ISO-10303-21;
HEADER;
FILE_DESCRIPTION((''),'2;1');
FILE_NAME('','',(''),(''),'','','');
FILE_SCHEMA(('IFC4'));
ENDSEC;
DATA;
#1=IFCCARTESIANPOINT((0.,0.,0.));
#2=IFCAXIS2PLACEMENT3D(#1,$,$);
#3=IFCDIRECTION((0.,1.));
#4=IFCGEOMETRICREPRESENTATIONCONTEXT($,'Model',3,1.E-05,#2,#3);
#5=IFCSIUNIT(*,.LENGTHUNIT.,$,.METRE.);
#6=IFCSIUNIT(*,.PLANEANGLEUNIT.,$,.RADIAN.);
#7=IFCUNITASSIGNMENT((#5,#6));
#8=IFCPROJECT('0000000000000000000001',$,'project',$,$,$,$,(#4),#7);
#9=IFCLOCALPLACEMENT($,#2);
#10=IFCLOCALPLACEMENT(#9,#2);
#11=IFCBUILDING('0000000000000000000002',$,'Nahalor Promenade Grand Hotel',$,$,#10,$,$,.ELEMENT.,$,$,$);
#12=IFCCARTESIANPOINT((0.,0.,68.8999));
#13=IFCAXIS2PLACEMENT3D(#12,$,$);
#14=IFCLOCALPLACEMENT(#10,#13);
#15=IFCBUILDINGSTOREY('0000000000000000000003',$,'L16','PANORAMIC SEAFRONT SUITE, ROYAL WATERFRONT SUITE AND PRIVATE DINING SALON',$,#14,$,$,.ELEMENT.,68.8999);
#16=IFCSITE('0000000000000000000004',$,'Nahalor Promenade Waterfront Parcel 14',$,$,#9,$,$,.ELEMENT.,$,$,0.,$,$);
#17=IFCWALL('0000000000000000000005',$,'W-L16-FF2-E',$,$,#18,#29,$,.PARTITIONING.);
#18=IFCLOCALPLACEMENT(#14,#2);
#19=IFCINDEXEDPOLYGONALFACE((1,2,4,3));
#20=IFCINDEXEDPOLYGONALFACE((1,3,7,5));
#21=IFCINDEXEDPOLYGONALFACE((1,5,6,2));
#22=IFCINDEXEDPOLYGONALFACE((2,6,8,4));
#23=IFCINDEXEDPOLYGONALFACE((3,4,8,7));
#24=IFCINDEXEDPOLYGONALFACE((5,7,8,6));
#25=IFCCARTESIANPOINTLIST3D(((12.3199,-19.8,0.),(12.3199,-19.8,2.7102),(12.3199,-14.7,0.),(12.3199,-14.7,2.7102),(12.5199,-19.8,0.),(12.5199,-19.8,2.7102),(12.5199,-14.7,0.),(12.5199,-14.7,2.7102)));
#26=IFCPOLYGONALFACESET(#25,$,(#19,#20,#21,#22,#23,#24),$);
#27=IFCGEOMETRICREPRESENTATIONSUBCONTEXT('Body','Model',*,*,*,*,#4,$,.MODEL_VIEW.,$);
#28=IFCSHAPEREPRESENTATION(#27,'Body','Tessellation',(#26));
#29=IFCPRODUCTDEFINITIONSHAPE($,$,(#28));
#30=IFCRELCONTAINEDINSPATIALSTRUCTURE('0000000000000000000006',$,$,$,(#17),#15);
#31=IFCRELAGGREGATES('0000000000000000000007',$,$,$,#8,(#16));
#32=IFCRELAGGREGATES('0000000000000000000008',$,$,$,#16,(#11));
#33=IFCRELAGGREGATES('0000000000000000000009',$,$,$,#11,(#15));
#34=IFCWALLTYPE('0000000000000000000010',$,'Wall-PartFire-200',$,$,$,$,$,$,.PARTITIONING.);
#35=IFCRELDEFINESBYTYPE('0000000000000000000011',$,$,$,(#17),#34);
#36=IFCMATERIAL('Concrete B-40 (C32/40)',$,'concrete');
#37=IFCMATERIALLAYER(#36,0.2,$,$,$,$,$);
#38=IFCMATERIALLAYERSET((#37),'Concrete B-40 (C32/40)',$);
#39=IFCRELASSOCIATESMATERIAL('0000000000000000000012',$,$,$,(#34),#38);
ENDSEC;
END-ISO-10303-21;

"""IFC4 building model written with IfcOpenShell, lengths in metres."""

from ifc_helpers import new_model, si_unit, direction, frame, frame_2d, origin, place, context, subcontext, project, spatial, rectangle, extrude, source, transform, mapped, material, layer, layer_set, type_object, element, save


model = new_model("IFC4")

# Units and contexts
model_context = context("Model", 3, precision=1e-05, world=origin(), true_north=direction((0.0, 1.0)))
body_context = subcontext(model_context, "Body", "Model", "MODEL_VIEW")
ifc_project = project(units=[si_unit("LENGTHUNIT", "METRE"), si_unit("PLANEANGLEUNIT", "RADIAN")], contexts=[model_context])

# Site, building, storey
site_placement = place(None, origin())
site = spatial("IfcSite", under=ifc_project, at=site_placement, Name="Nahalor Promenade Waterfront Parcel 14", CompositionType="ELEMENT", RefElevation=0.0)
building_placement = place(site_placement, origin())
building = spatial("IfcBuilding", under=site, at=building_placement, Name="Nahalor Promenade Grand Hotel", CompositionType="ELEMENT")
storey_placement = place(building_placement, frame((0.0, 0.0, 68.8999)))
storey = spatial("IfcBuildingStorey", under=building, at=storey_placement, Name="L16", Description="PANORAMIC SEAFRONT SUITE, ROYAL WATERFRONT SUITE AND PRIVATE DINING SALON", CompositionType="ELEMENT", Elevation=68.8999)

# Wall
ifc_material_1 = material(Name="Concrete B-40 (C32/40)", Category="concrete")
ifc_layer_1 = layer(ifc_material_1, 0.2)
ifc_layer_set_1 = layer_set([ifc_layer_1], Name="Concrete B-40 (C32/40)")
wall_type_1 = type_object("IfcWallType", Name="Wall-PartFire-200", PredefinedType="PARTITIONING", material=ifc_layer_set_1)
shared_shape_1 = source(origin(), body_context, "Body", "SweptSolid", [
    extrude(rectangle(XDim=5.1001, YDim=0.2, at=frame_2d((2.55, 0.0))), origin(), (0.0, 0.0, 1.0), 2.7102),
])
wall_1_placement = place(storey_placement, frame((12.4199, -19.8, 0.0), z_axis=(0.0, 0.0, 1.0), x_axis=(0.0, 1.0, 0.0)))
element("IfcWall", 1, at=wall_1_placement, inside=storey, type_object=wall_type_1, Name="W-L16-FF2-E", PredefinedType="PARTITIONING", context=body_context, shape_type="MappedRepresentation", body=[
    mapped(shared_shape_1, transform((0.0, 0.0, 0.0), scale=1.0)),
])

save(model, "model.ifc")
